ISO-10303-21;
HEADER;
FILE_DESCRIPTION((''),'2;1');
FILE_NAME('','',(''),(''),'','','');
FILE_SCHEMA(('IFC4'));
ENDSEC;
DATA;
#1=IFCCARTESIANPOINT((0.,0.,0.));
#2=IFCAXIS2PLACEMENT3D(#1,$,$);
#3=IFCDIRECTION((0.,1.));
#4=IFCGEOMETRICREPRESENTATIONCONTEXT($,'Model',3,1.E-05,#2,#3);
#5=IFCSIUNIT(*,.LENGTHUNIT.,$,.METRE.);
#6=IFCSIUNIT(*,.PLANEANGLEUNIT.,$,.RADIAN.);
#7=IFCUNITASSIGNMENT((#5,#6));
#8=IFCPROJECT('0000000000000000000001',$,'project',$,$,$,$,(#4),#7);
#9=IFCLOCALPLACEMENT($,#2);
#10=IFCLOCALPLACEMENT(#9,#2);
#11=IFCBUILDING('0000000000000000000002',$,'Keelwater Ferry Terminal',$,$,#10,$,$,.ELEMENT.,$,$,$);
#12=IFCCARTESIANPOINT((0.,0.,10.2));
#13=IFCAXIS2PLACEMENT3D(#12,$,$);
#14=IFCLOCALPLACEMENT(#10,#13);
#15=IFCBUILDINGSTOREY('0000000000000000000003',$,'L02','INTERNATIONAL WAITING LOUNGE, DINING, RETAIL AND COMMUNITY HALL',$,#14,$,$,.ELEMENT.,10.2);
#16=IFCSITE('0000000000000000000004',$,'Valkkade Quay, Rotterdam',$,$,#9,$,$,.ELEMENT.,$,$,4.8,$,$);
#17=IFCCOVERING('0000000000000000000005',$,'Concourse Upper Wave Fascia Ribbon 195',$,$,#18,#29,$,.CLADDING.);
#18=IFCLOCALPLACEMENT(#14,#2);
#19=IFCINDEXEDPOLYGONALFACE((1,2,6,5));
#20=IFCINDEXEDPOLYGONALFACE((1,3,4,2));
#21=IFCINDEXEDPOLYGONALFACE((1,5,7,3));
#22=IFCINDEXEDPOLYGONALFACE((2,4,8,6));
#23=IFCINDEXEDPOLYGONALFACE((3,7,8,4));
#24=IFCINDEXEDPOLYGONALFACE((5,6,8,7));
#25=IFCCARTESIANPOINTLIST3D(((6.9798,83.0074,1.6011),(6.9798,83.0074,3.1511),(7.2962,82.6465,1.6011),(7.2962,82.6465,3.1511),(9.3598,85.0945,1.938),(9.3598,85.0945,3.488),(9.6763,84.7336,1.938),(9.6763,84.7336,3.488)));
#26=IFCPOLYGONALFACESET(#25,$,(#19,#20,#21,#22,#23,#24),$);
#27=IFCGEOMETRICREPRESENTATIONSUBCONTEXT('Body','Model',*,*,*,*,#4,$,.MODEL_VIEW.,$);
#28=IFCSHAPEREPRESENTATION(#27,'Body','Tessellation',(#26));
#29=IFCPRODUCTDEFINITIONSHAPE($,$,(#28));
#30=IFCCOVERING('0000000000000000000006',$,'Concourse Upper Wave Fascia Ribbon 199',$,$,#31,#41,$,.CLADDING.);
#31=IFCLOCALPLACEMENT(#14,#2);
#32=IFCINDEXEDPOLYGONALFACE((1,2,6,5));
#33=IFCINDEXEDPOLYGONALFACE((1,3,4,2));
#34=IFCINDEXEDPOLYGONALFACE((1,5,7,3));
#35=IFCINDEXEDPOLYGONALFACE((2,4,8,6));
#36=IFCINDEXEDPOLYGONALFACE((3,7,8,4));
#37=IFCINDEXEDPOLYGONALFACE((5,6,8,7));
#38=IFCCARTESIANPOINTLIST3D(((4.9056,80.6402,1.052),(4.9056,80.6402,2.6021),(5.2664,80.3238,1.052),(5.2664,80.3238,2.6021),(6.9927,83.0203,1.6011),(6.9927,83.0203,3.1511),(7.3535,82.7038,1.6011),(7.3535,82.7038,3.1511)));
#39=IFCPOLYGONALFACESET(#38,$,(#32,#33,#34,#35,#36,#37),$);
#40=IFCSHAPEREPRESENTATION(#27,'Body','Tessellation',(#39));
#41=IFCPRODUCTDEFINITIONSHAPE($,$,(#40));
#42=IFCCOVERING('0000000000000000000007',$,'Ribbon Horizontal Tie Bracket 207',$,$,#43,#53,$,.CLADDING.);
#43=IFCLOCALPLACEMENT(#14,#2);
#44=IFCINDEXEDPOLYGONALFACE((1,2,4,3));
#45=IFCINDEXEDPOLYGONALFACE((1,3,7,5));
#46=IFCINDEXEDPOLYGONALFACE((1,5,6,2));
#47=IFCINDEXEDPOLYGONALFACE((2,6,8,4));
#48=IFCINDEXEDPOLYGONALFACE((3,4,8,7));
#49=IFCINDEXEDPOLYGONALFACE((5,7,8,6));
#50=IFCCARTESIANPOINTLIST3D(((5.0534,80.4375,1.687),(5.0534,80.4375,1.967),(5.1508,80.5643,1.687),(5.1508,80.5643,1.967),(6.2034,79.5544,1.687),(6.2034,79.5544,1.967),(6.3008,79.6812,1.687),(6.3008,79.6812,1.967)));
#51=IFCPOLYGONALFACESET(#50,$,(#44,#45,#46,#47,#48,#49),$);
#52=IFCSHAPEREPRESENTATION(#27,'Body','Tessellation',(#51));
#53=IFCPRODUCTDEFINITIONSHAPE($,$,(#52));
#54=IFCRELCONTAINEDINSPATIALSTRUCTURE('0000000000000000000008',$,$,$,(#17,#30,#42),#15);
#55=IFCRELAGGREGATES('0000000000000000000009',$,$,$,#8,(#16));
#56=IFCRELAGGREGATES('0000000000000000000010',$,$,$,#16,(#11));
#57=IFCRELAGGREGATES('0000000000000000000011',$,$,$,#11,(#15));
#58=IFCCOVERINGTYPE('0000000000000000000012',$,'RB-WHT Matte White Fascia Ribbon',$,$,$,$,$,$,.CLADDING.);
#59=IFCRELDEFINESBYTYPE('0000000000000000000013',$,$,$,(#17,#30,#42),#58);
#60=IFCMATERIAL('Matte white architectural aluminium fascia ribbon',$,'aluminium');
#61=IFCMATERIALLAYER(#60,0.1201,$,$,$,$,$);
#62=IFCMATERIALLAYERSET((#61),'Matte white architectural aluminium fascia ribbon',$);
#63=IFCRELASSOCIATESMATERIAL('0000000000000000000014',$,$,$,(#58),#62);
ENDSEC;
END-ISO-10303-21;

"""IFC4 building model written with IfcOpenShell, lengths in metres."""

from ifc_helpers import new_model, si_unit, direction, frame, frame_2d, origin, place, context, subcontext, project, spatial, polyline, rectangle, outline, extrude, material, layer, layer_set, type_object, element, save


model = new_model("IFC4")

# Units and contexts
model_context = context("Model", 3, precision=1e-05, world=origin(), true_north=direction((0.0, 1.0)))
body_context = subcontext(model_context, "Body", "Model", "MODEL_VIEW")
ifc_project = project(units=[si_unit("LENGTHUNIT", "METRE"), si_unit("PLANEANGLEUNIT", "RADIAN")], contexts=[model_context])

# Site, building, storey
site_placement = place(None, origin())
site = spatial("IfcSite", under=ifc_project, at=site_placement, Name="Valkkade Quay, Rotterdam", CompositionType="ELEMENT", RefElevation=4.8)
building_placement = place(site_placement, origin())
building = spatial("IfcBuilding", under=site, at=building_placement, Name="Keelwater Ferry Terminal", CompositionType="ELEMENT")
storey_placement = place(building_placement, frame((0.0, 0.0, 10.2)))
storey = spatial("IfcBuildingStorey", under=building, at=storey_placement, Name="L02", Description="INTERNATIONAL WAITING LOUNGE, DINING, RETAIL AND COMMUNITY HALL", CompositionType="ELEMENT", Elevation=10.2)

# Coverings
ifc_material_1 = material(Name="Matte white architectural aluminium fascia ribbon", Category="aluminium")
ifc_layer_1 = layer(ifc_material_1, 0.1201)
ifc_layer_set_1 = layer_set([ifc_layer_1], Name="Matte white architectural aluminium fascia ribbon")
covering_type = type_object("IfcCoveringType", Name="RB-WHT Matte White Fascia Ribbon", PredefinedType="CLADDING", material=ifc_layer_set_1)
covering_1_placement = place(storey_placement, frame((9.5181, 84.9141, 1.6011), z_axis=(0.0, 0.0, 1.0), x_axis=(-0.751864, -0.659318, 0.0)))
element("IfcCovering", 1, at=covering_1_placement, inside=storey, type_object=covering_type, Name="Concourse Upper Wave Fascia Ribbon 195", PredefinedType="CLADDING", context=body_context, shape_type="SweptSolid", body=[
    extrude(outline(polyline([(0.0, 0.3369), (3.1655, 0.0), (3.1655, 1.55), (0.0, 1.887), (0.0, 0.3369)])), frame((0.0, 0.24, 0.0), z_axis=(0.0, -1.0, 0.0), x_axis=(1.0, 0.0, 0.0)), (0.0, 0.0, 1.0), 0.48),
])
covering_2_placement = place(storey_placement, frame((7.1731, 82.8621, 1.052), z_axis=(0.0, 0.0, 1.0), x_axis=(-0.659318, -0.751864, 0.0)))
element("IfcCovering", 2, at=covering_2_placement, inside=storey, type_object=covering_type, Name="Concourse Upper Wave Fascia Ribbon 199", PredefinedType="CLADDING", context=body_context, shape_type="SweptSolid", body=[
    extrude(outline(polyline([(0.0, 0.5491), (3.1655, 0.0), (3.1655, 1.55), (0.0, 2.0991), (0.0, 0.5491)])), frame((0.0, 0.24, 0.0), z_axis=(0.0, -1.0, 0.0), x_axis=(1.0, 0.0, 0.0)), (0.0, 0.0, 1.0), 0.48),
])
covering_3_placement = place(storey_placement, frame((5.1021, 80.501, 1.687), z_axis=(0.0, 0.0, 1.0), x_axis=(0.793118, -0.609068, 0.0)))
element("IfcCovering", 3, at=covering_3_placement, inside=storey, type_object=covering_type, Name="Ribbon Horizontal Tie Bracket 207", PredefinedType="CLADDING", context=body_context, shape_type="SweptSolid", body=[
    extrude(rectangle(XDim=1.45, YDim=0.1599, at=frame_2d((0.7251, 0.0))), origin(), (0.0, 0.0, 1.0), 0.28),
])

save(model, "model.ifc")
